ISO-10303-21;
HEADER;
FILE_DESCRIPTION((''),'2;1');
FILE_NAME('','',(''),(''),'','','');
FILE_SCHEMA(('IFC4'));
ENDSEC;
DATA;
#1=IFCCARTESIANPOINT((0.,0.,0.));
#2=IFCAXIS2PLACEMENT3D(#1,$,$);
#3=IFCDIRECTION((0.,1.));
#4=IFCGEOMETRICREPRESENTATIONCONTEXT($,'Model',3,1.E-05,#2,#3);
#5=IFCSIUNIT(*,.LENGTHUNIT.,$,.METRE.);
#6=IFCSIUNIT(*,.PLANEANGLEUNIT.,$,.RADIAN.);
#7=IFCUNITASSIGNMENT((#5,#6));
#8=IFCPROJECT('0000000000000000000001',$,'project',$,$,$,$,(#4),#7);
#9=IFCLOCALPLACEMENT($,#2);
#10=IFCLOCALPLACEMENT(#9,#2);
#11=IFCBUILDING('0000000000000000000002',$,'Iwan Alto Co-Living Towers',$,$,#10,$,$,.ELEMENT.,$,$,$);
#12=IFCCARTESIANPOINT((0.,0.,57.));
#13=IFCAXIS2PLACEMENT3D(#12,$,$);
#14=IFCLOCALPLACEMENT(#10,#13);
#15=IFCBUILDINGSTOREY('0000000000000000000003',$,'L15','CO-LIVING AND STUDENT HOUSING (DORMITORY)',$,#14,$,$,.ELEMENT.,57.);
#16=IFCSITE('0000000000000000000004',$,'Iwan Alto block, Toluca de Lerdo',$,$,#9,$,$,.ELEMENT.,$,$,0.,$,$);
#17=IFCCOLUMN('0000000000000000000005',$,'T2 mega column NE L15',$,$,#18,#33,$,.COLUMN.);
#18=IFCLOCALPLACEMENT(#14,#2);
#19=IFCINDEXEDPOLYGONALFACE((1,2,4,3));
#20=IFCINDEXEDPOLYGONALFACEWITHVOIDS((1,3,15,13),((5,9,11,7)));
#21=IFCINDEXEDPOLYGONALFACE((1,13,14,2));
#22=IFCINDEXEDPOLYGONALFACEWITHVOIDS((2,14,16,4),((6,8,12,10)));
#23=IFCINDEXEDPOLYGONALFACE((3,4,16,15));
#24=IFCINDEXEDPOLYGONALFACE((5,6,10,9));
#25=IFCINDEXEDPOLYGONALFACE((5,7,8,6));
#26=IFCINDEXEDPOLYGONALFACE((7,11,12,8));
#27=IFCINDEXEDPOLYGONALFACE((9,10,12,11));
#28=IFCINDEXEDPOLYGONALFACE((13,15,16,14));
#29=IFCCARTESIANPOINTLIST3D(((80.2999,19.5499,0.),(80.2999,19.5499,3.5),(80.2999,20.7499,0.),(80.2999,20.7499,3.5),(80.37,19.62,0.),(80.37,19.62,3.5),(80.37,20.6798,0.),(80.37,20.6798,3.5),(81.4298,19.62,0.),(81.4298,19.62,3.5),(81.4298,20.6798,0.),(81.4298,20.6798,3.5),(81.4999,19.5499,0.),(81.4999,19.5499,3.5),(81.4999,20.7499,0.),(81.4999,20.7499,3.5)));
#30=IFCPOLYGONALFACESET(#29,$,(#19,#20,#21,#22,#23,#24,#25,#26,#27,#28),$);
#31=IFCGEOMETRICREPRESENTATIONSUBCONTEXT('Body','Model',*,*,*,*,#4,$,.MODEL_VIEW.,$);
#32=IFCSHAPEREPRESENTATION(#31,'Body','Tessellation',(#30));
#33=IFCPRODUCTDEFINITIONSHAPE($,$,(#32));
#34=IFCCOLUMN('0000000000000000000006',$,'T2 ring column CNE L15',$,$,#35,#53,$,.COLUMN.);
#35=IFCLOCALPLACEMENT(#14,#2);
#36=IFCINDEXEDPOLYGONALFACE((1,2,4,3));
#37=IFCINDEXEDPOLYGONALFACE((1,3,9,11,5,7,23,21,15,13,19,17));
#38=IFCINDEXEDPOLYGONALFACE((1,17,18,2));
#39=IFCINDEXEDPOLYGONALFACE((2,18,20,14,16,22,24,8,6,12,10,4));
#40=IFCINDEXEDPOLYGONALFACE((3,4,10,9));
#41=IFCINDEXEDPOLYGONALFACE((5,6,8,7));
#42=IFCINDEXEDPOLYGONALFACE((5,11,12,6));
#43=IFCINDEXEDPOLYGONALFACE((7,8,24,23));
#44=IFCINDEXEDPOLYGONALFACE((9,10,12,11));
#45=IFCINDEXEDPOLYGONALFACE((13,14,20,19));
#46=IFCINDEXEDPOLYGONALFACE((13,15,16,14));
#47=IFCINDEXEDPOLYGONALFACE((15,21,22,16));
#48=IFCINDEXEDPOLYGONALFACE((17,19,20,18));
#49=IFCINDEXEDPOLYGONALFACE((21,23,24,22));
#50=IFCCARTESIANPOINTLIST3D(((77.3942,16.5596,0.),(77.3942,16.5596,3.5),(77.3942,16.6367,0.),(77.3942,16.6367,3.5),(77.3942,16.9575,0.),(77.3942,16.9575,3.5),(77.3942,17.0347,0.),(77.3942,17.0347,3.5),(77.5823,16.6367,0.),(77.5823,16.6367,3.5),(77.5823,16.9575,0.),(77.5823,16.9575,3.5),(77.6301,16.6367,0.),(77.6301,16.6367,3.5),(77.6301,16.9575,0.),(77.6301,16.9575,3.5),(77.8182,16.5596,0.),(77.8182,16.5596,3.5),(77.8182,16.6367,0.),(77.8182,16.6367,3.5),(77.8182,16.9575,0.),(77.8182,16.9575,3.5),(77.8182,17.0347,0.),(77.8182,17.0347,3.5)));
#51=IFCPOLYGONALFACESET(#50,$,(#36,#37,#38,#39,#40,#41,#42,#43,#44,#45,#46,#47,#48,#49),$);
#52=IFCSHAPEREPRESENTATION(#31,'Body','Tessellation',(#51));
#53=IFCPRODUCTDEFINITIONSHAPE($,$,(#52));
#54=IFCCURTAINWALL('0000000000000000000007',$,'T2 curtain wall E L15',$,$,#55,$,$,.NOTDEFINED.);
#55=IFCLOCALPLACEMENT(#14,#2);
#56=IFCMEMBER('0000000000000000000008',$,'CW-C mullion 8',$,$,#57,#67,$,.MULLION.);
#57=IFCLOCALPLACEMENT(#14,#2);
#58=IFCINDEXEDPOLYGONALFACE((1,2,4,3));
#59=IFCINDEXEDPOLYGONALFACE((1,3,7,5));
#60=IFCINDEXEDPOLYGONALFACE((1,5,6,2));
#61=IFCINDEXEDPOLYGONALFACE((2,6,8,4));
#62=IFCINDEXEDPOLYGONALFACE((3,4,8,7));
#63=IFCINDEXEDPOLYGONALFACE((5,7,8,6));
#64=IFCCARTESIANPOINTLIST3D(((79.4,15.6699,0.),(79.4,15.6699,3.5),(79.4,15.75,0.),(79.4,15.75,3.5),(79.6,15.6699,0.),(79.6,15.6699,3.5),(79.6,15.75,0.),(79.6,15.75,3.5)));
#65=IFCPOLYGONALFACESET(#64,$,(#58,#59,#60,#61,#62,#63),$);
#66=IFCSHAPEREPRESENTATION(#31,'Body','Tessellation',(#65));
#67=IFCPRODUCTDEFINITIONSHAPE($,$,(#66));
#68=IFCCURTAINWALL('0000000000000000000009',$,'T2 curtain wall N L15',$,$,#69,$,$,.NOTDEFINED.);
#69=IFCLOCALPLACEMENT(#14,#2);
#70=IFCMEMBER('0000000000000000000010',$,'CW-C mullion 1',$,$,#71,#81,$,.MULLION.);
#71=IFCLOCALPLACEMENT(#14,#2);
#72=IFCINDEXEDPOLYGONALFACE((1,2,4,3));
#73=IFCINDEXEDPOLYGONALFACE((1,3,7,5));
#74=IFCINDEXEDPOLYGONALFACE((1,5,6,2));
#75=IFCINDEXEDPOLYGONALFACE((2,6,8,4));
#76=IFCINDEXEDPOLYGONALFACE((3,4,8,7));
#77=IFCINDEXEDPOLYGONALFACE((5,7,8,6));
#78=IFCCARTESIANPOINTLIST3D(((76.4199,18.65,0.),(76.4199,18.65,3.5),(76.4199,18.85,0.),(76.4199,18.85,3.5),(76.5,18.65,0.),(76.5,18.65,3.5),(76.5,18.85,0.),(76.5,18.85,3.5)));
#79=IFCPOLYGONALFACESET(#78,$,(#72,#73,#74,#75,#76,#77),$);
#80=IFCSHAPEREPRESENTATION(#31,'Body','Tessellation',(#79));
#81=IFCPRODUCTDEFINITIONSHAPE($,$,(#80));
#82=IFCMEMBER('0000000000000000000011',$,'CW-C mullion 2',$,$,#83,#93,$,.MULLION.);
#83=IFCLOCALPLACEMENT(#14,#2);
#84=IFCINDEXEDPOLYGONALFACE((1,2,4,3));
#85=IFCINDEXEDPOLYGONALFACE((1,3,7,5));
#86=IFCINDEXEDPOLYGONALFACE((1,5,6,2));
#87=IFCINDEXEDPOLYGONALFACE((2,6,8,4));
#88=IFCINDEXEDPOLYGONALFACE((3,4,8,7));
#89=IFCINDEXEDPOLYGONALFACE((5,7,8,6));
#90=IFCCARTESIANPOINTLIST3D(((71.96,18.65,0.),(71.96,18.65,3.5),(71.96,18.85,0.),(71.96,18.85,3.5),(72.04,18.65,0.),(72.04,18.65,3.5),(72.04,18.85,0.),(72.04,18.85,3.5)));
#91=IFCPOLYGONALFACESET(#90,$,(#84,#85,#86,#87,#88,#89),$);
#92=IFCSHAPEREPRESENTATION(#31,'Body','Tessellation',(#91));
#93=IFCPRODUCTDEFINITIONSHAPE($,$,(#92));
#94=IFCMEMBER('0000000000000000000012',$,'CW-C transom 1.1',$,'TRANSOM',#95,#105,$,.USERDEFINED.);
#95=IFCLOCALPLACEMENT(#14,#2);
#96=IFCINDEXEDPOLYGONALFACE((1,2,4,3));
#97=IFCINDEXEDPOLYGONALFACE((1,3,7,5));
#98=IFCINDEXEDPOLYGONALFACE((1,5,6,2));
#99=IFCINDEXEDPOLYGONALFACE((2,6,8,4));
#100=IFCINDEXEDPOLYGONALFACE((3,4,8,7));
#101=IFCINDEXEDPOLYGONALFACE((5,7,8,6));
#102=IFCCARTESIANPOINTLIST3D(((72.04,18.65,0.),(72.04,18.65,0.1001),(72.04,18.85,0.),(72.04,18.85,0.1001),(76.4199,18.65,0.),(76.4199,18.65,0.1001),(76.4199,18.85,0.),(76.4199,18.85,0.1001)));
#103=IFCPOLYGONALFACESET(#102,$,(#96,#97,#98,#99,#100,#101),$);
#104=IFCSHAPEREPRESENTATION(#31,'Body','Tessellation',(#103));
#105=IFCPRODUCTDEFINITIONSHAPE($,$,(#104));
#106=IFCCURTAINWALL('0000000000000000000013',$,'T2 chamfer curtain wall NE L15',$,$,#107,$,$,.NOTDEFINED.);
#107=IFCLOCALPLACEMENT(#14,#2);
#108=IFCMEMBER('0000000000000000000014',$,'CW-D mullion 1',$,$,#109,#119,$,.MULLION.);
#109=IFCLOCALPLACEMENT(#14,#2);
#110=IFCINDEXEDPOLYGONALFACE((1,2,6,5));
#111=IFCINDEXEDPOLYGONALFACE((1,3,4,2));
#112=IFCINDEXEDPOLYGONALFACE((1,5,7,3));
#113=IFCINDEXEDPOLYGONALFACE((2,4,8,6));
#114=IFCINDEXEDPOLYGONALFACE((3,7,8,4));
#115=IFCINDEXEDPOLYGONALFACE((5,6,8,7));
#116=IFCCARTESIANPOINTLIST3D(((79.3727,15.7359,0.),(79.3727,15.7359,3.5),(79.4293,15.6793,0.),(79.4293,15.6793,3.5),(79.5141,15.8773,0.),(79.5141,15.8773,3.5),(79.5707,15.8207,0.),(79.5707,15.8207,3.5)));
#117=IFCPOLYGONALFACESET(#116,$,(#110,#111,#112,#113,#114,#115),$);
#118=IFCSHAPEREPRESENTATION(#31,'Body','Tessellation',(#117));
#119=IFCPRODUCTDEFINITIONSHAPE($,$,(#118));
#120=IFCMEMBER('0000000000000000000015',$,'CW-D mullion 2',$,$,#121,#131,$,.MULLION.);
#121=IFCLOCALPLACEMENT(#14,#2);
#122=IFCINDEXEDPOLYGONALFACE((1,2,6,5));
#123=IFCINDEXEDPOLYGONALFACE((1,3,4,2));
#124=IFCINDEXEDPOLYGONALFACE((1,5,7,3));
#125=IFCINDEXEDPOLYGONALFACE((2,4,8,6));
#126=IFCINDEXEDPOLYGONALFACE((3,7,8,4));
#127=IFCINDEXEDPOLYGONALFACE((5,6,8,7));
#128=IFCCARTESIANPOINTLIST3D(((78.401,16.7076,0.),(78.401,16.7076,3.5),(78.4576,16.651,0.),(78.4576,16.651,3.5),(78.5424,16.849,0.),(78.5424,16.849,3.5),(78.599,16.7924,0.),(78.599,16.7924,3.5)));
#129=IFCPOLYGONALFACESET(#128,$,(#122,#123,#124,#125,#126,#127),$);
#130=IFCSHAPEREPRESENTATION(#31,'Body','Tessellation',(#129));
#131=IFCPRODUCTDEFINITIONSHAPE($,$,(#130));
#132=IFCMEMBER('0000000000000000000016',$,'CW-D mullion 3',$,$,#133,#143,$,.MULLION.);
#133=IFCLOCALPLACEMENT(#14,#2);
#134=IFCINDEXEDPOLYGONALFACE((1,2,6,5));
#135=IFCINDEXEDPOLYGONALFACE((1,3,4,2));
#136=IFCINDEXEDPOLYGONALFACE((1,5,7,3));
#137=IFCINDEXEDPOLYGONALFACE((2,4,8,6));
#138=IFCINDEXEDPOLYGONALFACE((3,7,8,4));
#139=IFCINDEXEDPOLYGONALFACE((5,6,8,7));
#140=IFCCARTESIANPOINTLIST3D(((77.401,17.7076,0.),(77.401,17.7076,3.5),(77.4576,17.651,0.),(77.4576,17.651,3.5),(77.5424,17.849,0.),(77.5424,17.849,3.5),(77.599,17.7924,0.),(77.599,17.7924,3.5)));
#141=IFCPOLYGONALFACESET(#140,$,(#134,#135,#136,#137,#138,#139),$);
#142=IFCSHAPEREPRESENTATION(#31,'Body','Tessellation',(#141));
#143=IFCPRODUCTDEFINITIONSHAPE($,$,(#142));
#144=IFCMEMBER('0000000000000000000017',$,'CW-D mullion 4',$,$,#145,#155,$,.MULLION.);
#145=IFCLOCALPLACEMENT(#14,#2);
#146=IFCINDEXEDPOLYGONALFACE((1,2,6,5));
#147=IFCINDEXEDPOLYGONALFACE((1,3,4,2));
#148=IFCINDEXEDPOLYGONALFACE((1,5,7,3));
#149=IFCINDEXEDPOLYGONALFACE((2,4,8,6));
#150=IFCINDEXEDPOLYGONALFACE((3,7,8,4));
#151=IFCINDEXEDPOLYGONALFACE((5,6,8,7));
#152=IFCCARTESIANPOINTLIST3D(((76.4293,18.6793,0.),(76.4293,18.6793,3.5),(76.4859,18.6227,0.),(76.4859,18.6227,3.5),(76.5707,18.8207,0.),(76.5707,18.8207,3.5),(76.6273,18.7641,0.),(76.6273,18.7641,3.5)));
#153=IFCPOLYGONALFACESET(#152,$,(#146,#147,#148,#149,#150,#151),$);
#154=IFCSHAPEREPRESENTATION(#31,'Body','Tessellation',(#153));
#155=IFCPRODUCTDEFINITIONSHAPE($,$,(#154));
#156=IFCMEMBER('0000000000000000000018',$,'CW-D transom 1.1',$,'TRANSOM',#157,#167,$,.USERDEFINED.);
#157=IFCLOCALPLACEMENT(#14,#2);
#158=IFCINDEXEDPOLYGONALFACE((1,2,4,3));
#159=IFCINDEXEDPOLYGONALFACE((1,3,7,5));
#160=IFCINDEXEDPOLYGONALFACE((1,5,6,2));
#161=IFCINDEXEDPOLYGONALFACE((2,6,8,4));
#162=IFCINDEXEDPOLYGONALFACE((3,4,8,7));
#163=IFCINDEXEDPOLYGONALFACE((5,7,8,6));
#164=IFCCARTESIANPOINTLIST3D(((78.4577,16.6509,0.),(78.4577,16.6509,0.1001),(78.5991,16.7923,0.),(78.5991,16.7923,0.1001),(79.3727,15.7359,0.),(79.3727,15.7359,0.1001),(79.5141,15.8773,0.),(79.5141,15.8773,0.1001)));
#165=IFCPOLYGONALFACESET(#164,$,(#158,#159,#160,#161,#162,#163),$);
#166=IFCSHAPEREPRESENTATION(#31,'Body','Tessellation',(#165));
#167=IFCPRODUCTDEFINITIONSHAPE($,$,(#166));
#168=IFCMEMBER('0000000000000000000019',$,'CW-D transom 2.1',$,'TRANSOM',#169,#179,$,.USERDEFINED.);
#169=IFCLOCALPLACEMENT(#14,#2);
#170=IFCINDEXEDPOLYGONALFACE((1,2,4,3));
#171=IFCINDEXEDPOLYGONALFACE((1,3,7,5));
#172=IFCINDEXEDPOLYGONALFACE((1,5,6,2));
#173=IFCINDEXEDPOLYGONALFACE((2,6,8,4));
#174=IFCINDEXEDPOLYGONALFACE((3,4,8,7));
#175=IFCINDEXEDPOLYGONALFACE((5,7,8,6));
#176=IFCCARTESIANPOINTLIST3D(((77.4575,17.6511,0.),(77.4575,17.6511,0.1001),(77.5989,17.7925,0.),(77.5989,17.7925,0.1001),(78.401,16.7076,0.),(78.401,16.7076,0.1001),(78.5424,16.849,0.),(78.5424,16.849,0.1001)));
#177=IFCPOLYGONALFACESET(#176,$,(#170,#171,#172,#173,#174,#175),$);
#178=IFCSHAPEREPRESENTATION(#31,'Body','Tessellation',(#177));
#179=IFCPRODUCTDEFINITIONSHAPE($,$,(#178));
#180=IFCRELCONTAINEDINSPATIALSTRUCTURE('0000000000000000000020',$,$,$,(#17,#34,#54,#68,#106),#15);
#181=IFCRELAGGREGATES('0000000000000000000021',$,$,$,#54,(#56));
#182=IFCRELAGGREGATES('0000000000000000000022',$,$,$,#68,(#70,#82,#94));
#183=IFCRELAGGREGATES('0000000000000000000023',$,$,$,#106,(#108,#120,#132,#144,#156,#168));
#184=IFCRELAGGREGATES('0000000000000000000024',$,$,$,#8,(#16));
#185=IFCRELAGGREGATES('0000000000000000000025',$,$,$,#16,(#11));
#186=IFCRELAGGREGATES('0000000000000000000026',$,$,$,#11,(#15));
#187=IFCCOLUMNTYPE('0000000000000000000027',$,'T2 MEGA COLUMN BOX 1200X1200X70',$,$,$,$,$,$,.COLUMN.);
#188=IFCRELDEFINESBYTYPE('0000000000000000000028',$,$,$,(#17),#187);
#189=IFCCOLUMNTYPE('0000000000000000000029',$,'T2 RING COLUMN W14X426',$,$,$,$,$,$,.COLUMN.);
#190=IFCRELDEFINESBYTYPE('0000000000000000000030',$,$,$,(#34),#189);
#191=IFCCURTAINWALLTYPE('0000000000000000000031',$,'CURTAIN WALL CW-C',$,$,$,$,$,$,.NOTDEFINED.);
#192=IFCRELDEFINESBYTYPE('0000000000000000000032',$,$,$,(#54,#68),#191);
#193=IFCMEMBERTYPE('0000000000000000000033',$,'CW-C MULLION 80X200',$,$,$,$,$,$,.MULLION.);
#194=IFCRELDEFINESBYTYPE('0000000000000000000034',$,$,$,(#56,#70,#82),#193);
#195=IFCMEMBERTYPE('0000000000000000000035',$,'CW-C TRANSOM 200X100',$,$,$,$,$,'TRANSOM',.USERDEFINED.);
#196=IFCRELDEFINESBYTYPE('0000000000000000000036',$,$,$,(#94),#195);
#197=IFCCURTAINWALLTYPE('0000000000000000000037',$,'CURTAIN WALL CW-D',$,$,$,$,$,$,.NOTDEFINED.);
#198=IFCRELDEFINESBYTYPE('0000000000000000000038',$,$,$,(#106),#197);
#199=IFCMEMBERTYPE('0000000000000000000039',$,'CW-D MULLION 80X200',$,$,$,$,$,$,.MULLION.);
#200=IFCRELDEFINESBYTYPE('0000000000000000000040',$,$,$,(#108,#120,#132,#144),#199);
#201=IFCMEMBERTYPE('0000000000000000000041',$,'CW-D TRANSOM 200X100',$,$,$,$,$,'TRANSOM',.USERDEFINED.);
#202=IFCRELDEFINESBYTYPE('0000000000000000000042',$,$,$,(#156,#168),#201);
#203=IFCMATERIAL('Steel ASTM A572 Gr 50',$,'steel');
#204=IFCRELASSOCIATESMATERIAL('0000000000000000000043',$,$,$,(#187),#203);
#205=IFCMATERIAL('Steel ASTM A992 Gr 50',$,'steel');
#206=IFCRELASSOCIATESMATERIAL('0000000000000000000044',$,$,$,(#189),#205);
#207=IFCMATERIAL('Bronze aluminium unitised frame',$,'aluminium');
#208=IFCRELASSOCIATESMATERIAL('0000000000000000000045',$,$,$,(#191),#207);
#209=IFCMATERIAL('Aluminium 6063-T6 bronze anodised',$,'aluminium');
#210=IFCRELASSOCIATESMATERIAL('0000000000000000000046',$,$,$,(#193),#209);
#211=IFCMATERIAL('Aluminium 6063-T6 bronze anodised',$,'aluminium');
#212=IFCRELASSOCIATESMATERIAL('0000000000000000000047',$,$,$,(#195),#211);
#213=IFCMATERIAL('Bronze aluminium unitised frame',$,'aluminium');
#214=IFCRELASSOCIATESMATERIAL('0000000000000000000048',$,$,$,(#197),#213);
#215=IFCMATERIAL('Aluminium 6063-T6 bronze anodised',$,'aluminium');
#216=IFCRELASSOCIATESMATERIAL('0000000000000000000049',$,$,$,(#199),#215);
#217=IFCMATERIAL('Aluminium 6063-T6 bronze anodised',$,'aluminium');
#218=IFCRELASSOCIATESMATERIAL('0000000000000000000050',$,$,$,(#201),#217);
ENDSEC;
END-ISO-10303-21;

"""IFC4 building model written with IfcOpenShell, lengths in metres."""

from ifc_helpers import new_model, si_unit, direction, frame, origin, origin_2d, place, context, subcontext, project, spatial, rectangle, hollow_rectangle, i_section, extrude, material, material_profile, profile_set, type_object, element, aggregate, save


model = new_model("IFC4")

# Units and contexts
model_context = context("Model", 3, precision=1e-05, world=origin(), true_north=direction((0.0, 1.0)))
body_context = subcontext(model_context, "Body", "Model", "MODEL_VIEW")
ifc_project = project(units=[si_unit("LENGTHUNIT", "METRE"), si_unit("PLANEANGLEUNIT", "RADIAN")], contexts=[model_context])

# Site, building, storey
site_placement = place(None, origin())
site = spatial("IfcSite", under=ifc_project, at=site_placement, Name="Iwan Alto block, Toluca de Lerdo", CompositionType="ELEMENT", RefElevation=0.0)
building_placement = place(site_placement, origin())
building = spatial("IfcBuilding", under=site, at=building_placement, Name="Iwan Alto Co-Living Towers", CompositionType="ELEMENT")
storey_placement = place(building_placement, frame((0.0, 0.0, 57.0)))
storey = spatial("IfcBuildingStorey", under=building, at=storey_placement, Name="L15", Description="CO-LIVING AND STUDENT HOUSING (DORMITORY)", CompositionType="ELEMENT", Elevation=57.0)

# Columns
ifc_material_1 = material(Name="Steel ASTM A572 Gr 50", Category="steel")
ifc_material_profile_1 = material_profile(ifc_material_1, hollow_rectangle(XDim=1.2, YDim=1.2, WallThickness=0.0701, at=origin_2d()), Name="BOX 1200X1200X70")
ifc_profile_set_1 = profile_set([ifc_material_profile_1], Name="Steel ASTM A572 Gr 50")
column_type_1 = type_object("IfcColumnType", Name="T2 MEGA COLUMN BOX 1200X1200X70", PredefinedType="COLUMN", material=ifc_profile_set_1)
column_1_placement = place(storey_placement, frame((80.8999, 20.1499, 0.0), z_axis=(0.0, 0.0, 1.0), x_axis=(1.0, 0.0, 0.0)))
element("IfcColumn", 1, at=column_1_placement, inside=storey, type_object=column_type_1, Name="T2 mega column NE L15", PredefinedType="COLUMN", context=body_context, shape_type="SweptSolid", body=[
    extrude(hollow_rectangle(XDim=1.2, YDim=1.2, WallThickness=0.0701, at=origin_2d()), origin(), (0.0, 0.0, 1.0), 3.5),
])
ifc_material_2 = material(Name="Steel ASTM A992 Gr 50", Category="steel")
ifc_material_profile_2 = material_profile(ifc_material_2, i_section(OverallWidth=0.4241, OverallDepth=0.4751, WebThickness=0.0479, FlangeThickness=0.0771, at=origin_2d()), Name="W14X426")
ifc_profile_set_2 = profile_set([ifc_material_profile_2], Name="Steel ASTM A992 Gr 50")
column_type_2 = type_object("IfcColumnType", Name="T2 RING COLUMN W14X426", PredefinedType="COLUMN", material=ifc_profile_set_2)
column_2_placement = place(storey_placement, frame((77.6062, 16.7971, 0.0), z_axis=(0.0, 0.0, 1.0), x_axis=(1.0, 0.0, 0.0)))
element("IfcColumn", 2, at=column_2_placement, inside=storey, type_object=column_type_2, Name="T2 ring column CNE L15", PredefinedType="COLUMN", context=body_context, shape_type="SweptSolid", body=[
    extrude(i_section(OverallWidth=0.4241, OverallDepth=0.4751, WebThickness=0.0479, FlangeThickness=0.0771, at=origin_2d()), origin(), (0.0, 0.0, 1.0), 3.5),
])

# Curtain wall, member
ifc_material_3 = material(Name="Bronze aluminium unitised frame", Category="aluminium")
curtain_wall_type_1 = type_object("IfcCurtainWallType", Name="CURTAIN WALL CW-C", PredefinedType="NOTDEFINED", material=ifc_material_3)
curtain_wall_1_placement = place(storey_placement, origin())
curtain_wall_1 = element("IfcCurtainWall", 3, at=curtain_wall_1_placement, inside=storey, type_object=curtain_wall_type_1, Name="T2 curtain wall E L15", PredefinedType="NOTDEFINED")
ifc_material_4 = material(Name="Aluminium 6063-T6 bronze anodised", Category="aluminium")
ifc_material_profile_3 = material_profile(ifc_material_4, rectangle(XDim=0.2, YDim=0.0801, at=origin_2d()), Name="AL 80X200")
ifc_profile_set_3 = profile_set([ifc_material_profile_3], Name="Aluminium 6063-T6 bronze anodised")
member_type_1 = type_object("IfcMemberType", Name="CW-C MULLION 80X200", PredefinedType="MULLION", material=ifc_profile_set_3)
member_1_placement = place(storey_placement, frame((79.5, 15.71, 0.0), z_axis=(0.0, 0.0, 1.0), x_axis=(-1.0, 0.0, 0.0)))
member_1 = element("IfcMember", 4, at=member_1_placement, type_object=member_type_1, Name="CW-C mullion 8", PredefinedType="MULLION", context=body_context, shape_type="SweptSolid", body=[
    extrude(rectangle(XDim=0.2, YDim=0.0801, at=origin_2d()), origin(), (0.0, 0.0, 1.0), 3.5),
])

# Curtain walls, members
curtain_wall_2_placement = place(storey_placement, origin())
curtain_wall_2 = element("IfcCurtainWall", 5, at=curtain_wall_2_placement, inside=storey, type_object=curtain_wall_type_1, Name="T2 curtain wall N L15", PredefinedType="NOTDEFINED")
member_2_placement = place(storey_placement, frame((76.46, 18.75, 0.0), z_axis=(0.0, 0.0, 1.0), x_axis=(0.0, -1.0, 0.0)))
member_2 = element("IfcMember", 6, at=member_2_placement, type_object=member_type_1, Name="CW-C mullion 1", PredefinedType="MULLION", context=body_context, shape_type="SweptSolid", body=[
    extrude(rectangle(XDim=0.2, YDim=0.0801, at=origin_2d()), origin(), (0.0, 0.0, 1.0), 3.5),
])
member_3_placement = place(storey_placement, frame((72.0, 18.75, 0.0), z_axis=(0.0, 0.0, 1.0), x_axis=(0.0, -1.0, 0.0)))
member_3 = element("IfcMember", 7, at=member_3_placement, type_object=member_type_1, Name="CW-C mullion 2", PredefinedType="MULLION", context=body_context, shape_type="SweptSolid", body=[
    extrude(rectangle(XDim=0.2, YDim=0.0801, at=origin_2d()), origin(), (0.0, 0.0, 1.0), 3.5),
])
ifc_material_5 = material(Name="Aluminium 6063-T6 bronze anodised", Category="aluminium")
ifc_material_profile_4 = material_profile(ifc_material_5, rectangle(XDim=0.2, YDim=0.1001, at=origin_2d()), Name="AL 200X100")
ifc_profile_set_4 = profile_set([ifc_material_profile_4], Name="Aluminium 6063-T6 bronze anodised")
member_type_2 = type_object("IfcMemberType", Name="CW-C TRANSOM 200X100", ElementType="TRANSOM", PredefinedType="USERDEFINED", material=ifc_profile_set_4)
member_4_placement = place(storey_placement, frame((76.4199, 18.75, 0.05), z_axis=(-1.0, 0.0, 0.0), x_axis=(0.0, -1.0, 0.0)))
member_4 = element("IfcMember", 8, at=member_4_placement, type_object=member_type_2, Name="CW-C transom 1.1", ObjectType="TRANSOM", PredefinedType="USERDEFINED", context=body_context, shape_type="SweptSolid", body=[
    extrude(rectangle(XDim=0.2, YDim=0.1001, at=origin_2d()), origin(), (0.0, 0.0, 1.0), 4.3799),
])
ifc_material_6 = material(Name="Bronze aluminium unitised frame", Category="aluminium")
curtain_wall_type_2 = type_object("IfcCurtainWallType", Name="CURTAIN WALL CW-D", PredefinedType="NOTDEFINED", material=ifc_material_6)
curtain_wall_3_placement = place(storey_placement, origin())
curtain_wall_3 = element("IfcCurtainWall", 9, at=curtain_wall_3_placement, inside=storey, type_object=curtain_wall_type_2, Name="T2 chamfer curtain wall NE L15", PredefinedType="NOTDEFINED")
ifc_material_7 = material(Name="Aluminium 6063-T6 bronze anodised", Category="aluminium")
ifc_material_profile_5 = material_profile(ifc_material_7, rectangle(XDim=0.2, YDim=0.0801, at=origin_2d()), Name="AL 80X200")
ifc_profile_set_5 = profile_set([ifc_material_profile_5], Name="Aluminium 6063-T6 bronze anodised")
member_type_3 = type_object("IfcMemberType", Name="CW-D MULLION 80X200", PredefinedType="MULLION", material=ifc_profile_set_5)
member_5_placement = place(storey_placement, frame((79.4717, 15.7783, 0.0), z_axis=(0.0, 0.0, 1.0), x_axis=(-0.707107, -0.707107, 0.0)))
member_5 = element("IfcMember", 10, at=member_5_placement, type_object=member_type_3, Name="CW-D mullion 1", PredefinedType="MULLION", context=body_context, shape_type="SweptSolid", body=[
    extrude(rectangle(XDim=0.2, YDim=0.0801, at=origin_2d()), origin(), (0.0, 0.0, 1.0), 3.5),
])
member_6_placement = place(storey_placement, frame((78.5, 16.75, 0.0), z_axis=(0.0, 0.0, 1.0), x_axis=(-0.707107, -0.707107, 0.0)))
member_6 = element("IfcMember", 11, at=member_6_placement, type_object=member_type_3, Name="CW-D mullion 2", PredefinedType="MULLION", context=body_context, shape_type="SweptSolid", body=[
    extrude(rectangle(XDim=0.2, YDim=0.0801, at=origin_2d()), origin(), (0.0, 0.0, 1.0), 3.5),
])
member_7_placement = place(storey_placement, frame((77.5, 17.75, 0.0), z_axis=(0.0, 0.0, 1.0), x_axis=(-0.707107, -0.707107, 0.0)))
member_7 = element("IfcMember", 12, at=member_7_placement, type_object=member_type_3, Name="CW-D mullion 3", PredefinedType="MULLION", context=body_context, shape_type="SweptSolid", body=[
    extrude(rectangle(XDim=0.2, YDim=0.0801, at=origin_2d()), origin(), (0.0, 0.0, 1.0), 3.5),
])
member_8_placement = place(storey_placement, frame((76.5283, 18.7217, 0.0), z_axis=(0.0, 0.0, 1.0), x_axis=(-0.707107, -0.707107, 0.0)))
member_8 = element("IfcMember", 13, at=member_8_placement, type_object=member_type_3, Name="CW-D mullion 4", PredefinedType="MULLION", context=body_context, shape_type="SweptSolid", body=[
    extrude(rectangle(XDim=0.2, YDim=0.0801, at=origin_2d()), origin(), (0.0, 0.0, 1.0), 3.5),
])
ifc_material_8 = material(Name="Aluminium 6063-T6 bronze anodised", Category="aluminium")
ifc_material_profile_6 = material_profile(ifc_material_8, rectangle(XDim=0.2, YDim=0.1001, at=origin_2d()), Name="AL 200X100")
ifc_profile_set_6 = profile_set([ifc_material_profile_6], Name="Aluminium 6063-T6 bronze anodised")
member_type_4 = type_object("IfcMemberType", Name="CW-D TRANSOM 200X100", ElementType="TRANSOM", PredefinedType="USERDEFINED", material=ifc_profile_set_6)
member_9_placement = place(storey_placement, frame((79.4434, 15.8066, 0.05), z_axis=(-0.707107, 0.707107, 0.0), x_axis=(-0.707107, -0.707107, 0.0)))
member_9 = element("IfcMember", 14, at=member_9_placement, type_object=member_type_4, Name="CW-D transom 1.1", ObjectType="TRANSOM", PredefinedType="USERDEFINED", context=body_context, shape_type="SweptSolid", body=[
    extrude(rectangle(XDim=0.2, YDim=0.1001, at=origin_2d()), origin(), (0.0, 0.0, 1.0), 1.2939),
])
member_10_placement = place(storey_placement, frame((78.4717, 16.7783, 0.05), z_axis=(-0.707107, 0.707107, 0.0), x_axis=(-0.707107, -0.707107, 0.0)))
member_10 = element("IfcMember", 15, at=member_10_placement, type_object=member_type_4, Name="CW-D transom 2.1", ObjectType="TRANSOM", PredefinedType="USERDEFINED", context=body_context, shape_type="SweptSolid", body=[
    extrude(rectangle(XDim=0.2, YDim=0.1001, at=origin_2d()), origin(), (0.0, 0.0, 1.0), 1.3342),
])

aggregate(curtain_wall_1, [member_1])
aggregate(curtain_wall_2, [member_2, member_3, member_4])
aggregate(curtain_wall_3, [member_5, member_6, member_7, member_8, member_9, member_10])

save(model, "model.ifc")
